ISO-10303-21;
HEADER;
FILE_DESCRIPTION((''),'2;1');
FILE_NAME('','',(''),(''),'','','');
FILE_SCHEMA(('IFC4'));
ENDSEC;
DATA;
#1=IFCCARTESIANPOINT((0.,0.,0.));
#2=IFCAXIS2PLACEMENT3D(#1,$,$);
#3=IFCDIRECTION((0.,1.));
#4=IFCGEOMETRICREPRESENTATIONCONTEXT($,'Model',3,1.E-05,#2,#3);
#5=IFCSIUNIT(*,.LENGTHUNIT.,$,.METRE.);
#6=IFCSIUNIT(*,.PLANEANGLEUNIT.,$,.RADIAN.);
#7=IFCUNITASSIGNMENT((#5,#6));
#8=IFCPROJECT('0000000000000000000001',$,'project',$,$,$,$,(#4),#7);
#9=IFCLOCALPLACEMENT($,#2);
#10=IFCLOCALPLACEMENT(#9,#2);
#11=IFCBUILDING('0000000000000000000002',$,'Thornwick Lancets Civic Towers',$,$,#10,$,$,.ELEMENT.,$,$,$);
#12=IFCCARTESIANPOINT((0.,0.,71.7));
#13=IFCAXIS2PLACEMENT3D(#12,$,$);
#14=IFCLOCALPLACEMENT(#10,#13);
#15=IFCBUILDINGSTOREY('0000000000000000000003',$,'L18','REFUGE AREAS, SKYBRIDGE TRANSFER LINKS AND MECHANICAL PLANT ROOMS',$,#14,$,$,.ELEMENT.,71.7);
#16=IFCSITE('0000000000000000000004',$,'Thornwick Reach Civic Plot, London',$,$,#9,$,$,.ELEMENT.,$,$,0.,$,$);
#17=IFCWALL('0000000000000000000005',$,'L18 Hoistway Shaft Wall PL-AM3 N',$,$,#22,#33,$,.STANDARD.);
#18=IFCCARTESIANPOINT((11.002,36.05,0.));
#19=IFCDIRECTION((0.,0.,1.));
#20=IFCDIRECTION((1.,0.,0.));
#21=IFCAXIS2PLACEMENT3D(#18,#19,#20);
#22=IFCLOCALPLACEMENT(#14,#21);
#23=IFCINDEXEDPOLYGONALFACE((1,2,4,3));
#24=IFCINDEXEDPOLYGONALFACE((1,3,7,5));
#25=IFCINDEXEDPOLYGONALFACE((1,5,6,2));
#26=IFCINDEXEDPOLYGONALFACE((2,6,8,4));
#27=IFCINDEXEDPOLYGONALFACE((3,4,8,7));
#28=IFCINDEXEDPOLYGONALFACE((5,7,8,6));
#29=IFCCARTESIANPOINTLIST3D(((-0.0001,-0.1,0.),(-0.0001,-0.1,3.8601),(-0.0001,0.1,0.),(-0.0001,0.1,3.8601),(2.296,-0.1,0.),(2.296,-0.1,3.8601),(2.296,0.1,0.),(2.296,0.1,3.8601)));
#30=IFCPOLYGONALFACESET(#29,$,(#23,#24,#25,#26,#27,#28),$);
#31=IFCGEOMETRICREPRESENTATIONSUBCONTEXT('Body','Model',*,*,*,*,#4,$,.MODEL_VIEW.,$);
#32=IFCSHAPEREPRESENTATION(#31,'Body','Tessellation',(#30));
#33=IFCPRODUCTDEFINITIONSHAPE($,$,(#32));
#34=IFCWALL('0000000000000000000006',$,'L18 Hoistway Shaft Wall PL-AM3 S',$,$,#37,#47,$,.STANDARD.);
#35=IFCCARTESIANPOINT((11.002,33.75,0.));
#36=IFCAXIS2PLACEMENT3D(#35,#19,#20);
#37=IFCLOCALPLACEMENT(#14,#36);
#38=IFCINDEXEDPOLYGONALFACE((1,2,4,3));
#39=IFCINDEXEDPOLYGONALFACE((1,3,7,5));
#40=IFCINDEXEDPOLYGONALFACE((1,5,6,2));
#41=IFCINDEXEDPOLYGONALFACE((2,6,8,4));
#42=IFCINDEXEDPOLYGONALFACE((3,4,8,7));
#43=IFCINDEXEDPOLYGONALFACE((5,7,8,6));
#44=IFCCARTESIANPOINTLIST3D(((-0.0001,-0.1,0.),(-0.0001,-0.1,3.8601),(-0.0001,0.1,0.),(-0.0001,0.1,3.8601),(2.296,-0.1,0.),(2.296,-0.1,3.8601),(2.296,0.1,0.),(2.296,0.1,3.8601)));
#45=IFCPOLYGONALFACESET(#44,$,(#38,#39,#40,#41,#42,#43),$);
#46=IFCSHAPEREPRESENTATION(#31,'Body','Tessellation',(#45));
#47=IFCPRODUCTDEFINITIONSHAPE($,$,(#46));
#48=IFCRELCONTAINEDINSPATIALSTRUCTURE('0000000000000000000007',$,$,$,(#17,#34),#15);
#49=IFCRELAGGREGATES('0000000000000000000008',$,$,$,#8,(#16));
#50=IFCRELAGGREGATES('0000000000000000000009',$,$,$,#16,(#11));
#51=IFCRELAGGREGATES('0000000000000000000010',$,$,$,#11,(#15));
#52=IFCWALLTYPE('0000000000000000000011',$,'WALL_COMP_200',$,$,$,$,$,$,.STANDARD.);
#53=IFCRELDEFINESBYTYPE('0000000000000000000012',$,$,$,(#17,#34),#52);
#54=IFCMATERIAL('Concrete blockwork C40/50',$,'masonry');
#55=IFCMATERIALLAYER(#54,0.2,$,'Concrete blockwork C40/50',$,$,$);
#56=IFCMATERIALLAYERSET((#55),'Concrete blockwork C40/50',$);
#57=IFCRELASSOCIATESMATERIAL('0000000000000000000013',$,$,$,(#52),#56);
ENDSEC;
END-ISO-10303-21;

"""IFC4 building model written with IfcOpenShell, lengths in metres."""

from ifc_helpers import new_model, si_unit, direction, frame, frame_2d, origin, place, context, subcontext, project, spatial, rectangle, extrude, material, layer, layer_set, type_object, element, save


model = new_model("IFC4")

# Units and contexts
model_context = context("Model", 3, precision=1e-05, world=origin(), true_north=direction((0.0, 1.0)))
body_context = subcontext(model_context, "Body", "Model", "MODEL_VIEW")
ifc_project = project(units=[si_unit("LENGTHUNIT", "METRE"), si_unit("PLANEANGLEUNIT", "RADIAN")], contexts=[model_context])

# Site, building, storey
site_placement = place(None, origin())
site = spatial("IfcSite", under=ifc_project, at=site_placement, Name="Thornwick Reach Civic Plot, London", CompositionType="ELEMENT", RefElevation=0.0)
building_placement = place(site_placement, origin())
building = spatial("IfcBuilding", under=site, at=building_placement, Name="Thornwick Lancets Civic Towers", CompositionType="ELEMENT")
storey_placement = place(building_placement, frame((0.0, 0.0, 71.7)))
storey = spatial("IfcBuildingStorey", under=building, at=storey_placement, Name="L18", Description="REFUGE AREAS, SKYBRIDGE TRANSFER LINKS AND MECHANICAL PLANT ROOMS", CompositionType="ELEMENT", Elevation=71.7)

# Shared definitions
ifc_material_1 = material(Name="Concrete blockwork C40/50", Category="masonry")
ifc_layer_1 = layer(ifc_material_1, 0.2, Name="Concrete blockwork C40/50")
ifc_layer_set_1 = layer_set([ifc_layer_1], Name="Concrete blockwork C40/50")
wall_type_1 = type_object("IfcWallType", Name="WALL_COMP_200", PredefinedType="STANDARD", material=ifc_layer_set_1)

# Walls
for number, where, z_axis, x_axis, name in (
    (1, (11.002, 36.05, 0.0), (0.0, 0.0, 1.0), (1.0, 0.0, 0.0), "L18 Hoistway Shaft Wall PL-AM3 N"),
    (2, (11.002, 33.75, 0.0), (0.0, 0.0, 1.0), (1.0, 0.0, 0.0), "L18 Hoistway Shaft Wall PL-AM3 S"),
):
    element("IfcWall", number, at=place(storey_placement, frame(where, z_axis=z_axis, x_axis=x_axis)), inside=storey, type_object=wall_type_1, Name=name, PredefinedType="STANDARD", context=body_context, shape_type="SweptSolid", body=[
        extrude(rectangle(XDim=2.2961, YDim=0.2, at=frame_2d((1.1479, 0.0))), origin(), (0.0, 0.0, 1.0), 3.8601),
    ])

save(model, "model.ifc")
